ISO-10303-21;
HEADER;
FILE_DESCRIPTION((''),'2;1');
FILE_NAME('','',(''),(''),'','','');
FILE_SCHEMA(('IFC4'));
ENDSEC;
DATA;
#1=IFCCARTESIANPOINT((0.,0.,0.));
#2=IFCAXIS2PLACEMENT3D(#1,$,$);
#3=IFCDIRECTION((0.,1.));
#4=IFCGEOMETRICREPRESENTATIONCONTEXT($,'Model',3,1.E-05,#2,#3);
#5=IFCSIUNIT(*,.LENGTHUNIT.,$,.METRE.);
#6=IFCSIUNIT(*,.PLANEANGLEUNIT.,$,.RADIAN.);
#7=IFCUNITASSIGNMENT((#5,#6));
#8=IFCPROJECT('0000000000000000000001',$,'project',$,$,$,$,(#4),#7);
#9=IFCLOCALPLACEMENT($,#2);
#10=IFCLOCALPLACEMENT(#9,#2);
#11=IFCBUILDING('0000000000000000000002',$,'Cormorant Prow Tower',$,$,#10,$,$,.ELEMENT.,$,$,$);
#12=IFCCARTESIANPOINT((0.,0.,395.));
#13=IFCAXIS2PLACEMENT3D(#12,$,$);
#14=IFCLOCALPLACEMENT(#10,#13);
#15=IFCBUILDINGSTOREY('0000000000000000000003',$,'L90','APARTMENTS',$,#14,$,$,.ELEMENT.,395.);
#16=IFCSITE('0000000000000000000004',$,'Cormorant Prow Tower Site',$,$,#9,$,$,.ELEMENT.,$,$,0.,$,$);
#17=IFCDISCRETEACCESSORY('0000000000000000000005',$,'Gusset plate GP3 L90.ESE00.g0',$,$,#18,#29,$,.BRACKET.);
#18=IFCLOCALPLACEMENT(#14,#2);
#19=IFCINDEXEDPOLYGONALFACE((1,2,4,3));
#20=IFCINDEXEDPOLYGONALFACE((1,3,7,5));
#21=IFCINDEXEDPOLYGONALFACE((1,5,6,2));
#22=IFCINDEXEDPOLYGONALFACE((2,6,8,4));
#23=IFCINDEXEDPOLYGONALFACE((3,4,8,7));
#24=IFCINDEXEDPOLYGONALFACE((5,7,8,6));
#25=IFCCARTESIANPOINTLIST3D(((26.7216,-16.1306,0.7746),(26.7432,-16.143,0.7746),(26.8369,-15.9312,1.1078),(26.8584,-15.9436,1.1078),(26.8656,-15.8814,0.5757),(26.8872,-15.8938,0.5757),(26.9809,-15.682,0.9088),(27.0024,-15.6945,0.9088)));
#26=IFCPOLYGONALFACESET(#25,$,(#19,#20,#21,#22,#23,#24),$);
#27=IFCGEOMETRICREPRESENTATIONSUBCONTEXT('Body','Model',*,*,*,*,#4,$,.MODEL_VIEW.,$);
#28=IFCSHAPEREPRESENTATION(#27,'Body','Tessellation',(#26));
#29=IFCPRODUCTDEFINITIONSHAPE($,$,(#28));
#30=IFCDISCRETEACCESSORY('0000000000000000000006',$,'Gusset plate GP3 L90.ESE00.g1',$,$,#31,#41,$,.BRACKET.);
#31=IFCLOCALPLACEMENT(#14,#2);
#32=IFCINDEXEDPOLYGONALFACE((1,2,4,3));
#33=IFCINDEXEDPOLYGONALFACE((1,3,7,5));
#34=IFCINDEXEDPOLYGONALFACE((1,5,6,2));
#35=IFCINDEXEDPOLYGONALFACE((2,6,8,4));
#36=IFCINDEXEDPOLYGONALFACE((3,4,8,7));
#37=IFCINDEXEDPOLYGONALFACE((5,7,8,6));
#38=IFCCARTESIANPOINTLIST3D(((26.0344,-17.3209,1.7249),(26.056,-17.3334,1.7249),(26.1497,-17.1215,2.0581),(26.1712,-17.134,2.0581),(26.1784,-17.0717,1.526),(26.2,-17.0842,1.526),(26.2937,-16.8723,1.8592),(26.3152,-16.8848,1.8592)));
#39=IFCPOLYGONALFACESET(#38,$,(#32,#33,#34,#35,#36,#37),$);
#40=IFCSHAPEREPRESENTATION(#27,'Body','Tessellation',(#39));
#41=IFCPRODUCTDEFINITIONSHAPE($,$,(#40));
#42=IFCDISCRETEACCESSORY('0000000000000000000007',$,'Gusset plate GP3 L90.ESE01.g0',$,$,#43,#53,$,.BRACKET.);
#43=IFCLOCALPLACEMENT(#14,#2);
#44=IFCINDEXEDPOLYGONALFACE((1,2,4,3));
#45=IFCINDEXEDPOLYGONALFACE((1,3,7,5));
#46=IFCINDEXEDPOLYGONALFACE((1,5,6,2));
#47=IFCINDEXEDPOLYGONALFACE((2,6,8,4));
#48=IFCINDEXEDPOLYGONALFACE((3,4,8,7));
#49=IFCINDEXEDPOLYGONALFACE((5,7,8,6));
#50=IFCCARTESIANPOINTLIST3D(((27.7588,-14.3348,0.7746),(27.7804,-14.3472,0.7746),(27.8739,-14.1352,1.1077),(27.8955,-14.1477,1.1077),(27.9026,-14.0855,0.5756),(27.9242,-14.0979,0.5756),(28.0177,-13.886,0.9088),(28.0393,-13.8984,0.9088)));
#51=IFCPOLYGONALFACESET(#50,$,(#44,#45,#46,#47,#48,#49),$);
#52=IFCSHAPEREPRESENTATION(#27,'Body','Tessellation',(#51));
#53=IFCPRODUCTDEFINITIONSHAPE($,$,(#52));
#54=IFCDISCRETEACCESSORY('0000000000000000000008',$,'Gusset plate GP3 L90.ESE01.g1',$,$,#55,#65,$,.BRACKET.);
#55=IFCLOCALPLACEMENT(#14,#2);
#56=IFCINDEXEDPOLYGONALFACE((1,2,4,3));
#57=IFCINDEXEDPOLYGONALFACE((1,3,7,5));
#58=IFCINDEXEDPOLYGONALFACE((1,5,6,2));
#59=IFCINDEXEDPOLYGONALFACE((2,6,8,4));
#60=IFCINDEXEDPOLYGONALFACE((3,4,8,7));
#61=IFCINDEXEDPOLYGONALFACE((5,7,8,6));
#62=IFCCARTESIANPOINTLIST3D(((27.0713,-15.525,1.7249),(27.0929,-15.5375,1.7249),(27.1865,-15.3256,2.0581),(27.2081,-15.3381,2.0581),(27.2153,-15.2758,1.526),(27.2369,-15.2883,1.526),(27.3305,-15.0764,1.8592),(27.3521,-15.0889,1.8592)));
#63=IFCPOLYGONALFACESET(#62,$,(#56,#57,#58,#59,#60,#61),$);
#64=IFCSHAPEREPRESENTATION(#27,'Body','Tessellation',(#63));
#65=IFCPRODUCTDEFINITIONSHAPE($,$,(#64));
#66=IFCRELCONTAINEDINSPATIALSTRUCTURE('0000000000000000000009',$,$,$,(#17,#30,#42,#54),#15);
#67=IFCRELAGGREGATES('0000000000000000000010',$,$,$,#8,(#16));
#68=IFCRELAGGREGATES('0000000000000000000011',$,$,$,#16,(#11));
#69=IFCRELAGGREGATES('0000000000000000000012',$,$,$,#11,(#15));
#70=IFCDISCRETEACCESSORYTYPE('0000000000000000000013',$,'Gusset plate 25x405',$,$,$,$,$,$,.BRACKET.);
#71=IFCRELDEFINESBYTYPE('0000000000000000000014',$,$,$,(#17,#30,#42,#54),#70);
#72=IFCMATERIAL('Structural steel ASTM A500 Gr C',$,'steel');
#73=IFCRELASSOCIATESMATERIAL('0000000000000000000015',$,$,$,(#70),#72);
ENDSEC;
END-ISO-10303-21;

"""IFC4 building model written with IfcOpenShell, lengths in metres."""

from ifc_helpers import new_model, si_unit, direction, frame, origin, origin_2d, place, context, subcontext, project, spatial, rectangle, extrude, material, material_profile, profile_set, type_object, element, save


model = new_model("IFC4")

# Units and contexts
model_context = context("Model", 3, precision=1e-05, world=origin(), true_north=direction((0.0, 1.0)))
body_context = subcontext(model_context, "Body", "Model", "MODEL_VIEW")
ifc_project = project(units=[si_unit("LENGTHUNIT", "METRE"), si_unit("PLANEANGLEUNIT", "RADIAN")], contexts=[model_context])

# Site, building, storey
site_placement = place(None, origin())
site = spatial("IfcSite", under=ifc_project, at=site_placement, Name="Cormorant Prow Tower Site", CompositionType="ELEMENT", RefElevation=0.0)
building_placement = place(site_placement, origin())
building = spatial("IfcBuilding", under=site, at=building_placement, Name="Cormorant Prow Tower", CompositionType="ELEMENT")
storey_placement = place(building_placement, frame((0.0, 0.0, 395.0)))
storey = spatial("IfcBuildingStorey", under=building, at=storey_placement, Name="L90", Description="APARTMENTS", CompositionType="ELEMENT", Elevation=395.0)

# Discrete accessories
ifc_material_1 = material(Name="Structural steel ASTM A500 Gr C", Category="steel")
ifc_material_profile_1 = material_profile(ifc_material_1, rectangle(XDim=0.0249, YDim=0.405, at=origin_2d()), Name="Gusset plate 25x405")
ifc_profile_set_1 = profile_set([ifc_material_profile_1], Name="Structural steel ASTM A500 Gr C")
discrete_accessory_type = type_object("IfcDiscreteAccessoryType", Name="Gusset plate 25x405", PredefinedType="BRACKET", material=ifc_profile_set_1)
for number, where, z_axis, x_axis, name in (
    (1, (26.79, -16.0371, 0.9412), (0.411596, 0.71227, -0.56856), (-0.865832, 0.500334, 0.0), "Gusset plate GP3 L90.ESE00.g0"),
    (2, (26.2468, -16.9783, 1.6926), (-0.411596, -0.71227, 0.56856), (0.865832, -0.500334, 0.0), "Gusset plate GP3 L90.ESE00.g1"),
    (3, (27.8271, -14.2412, 0.9412), (0.411016, 0.712474, -0.568723), (-0.8662, 0.499698, 0.0), "Gusset plate GP3 L90.ESE01.g0"),
    (4, (27.2837, -15.1824, 1.6926), (-0.411596, -0.71227, 0.56856), (0.865832, -0.500334, 0.0), "Gusset plate GP3 L90.ESE01.g1"),
):
    element("IfcDiscreteAccessory", number, at=place(storey_placement, frame(where, z_axis=z_axis, x_axis=x_axis)), inside=storey, type_object=discrete_accessory_type, Name=name, PredefinedType="BRACKET", context=body_context, shape_type="SweptSolid", body=[
        extrude(rectangle(XDim=0.0249, YDim=0.405, at=origin_2d()), origin(), (0.0, 0.0, 1.0), 0.3499),
    ])

save(model, "model.ifc")
